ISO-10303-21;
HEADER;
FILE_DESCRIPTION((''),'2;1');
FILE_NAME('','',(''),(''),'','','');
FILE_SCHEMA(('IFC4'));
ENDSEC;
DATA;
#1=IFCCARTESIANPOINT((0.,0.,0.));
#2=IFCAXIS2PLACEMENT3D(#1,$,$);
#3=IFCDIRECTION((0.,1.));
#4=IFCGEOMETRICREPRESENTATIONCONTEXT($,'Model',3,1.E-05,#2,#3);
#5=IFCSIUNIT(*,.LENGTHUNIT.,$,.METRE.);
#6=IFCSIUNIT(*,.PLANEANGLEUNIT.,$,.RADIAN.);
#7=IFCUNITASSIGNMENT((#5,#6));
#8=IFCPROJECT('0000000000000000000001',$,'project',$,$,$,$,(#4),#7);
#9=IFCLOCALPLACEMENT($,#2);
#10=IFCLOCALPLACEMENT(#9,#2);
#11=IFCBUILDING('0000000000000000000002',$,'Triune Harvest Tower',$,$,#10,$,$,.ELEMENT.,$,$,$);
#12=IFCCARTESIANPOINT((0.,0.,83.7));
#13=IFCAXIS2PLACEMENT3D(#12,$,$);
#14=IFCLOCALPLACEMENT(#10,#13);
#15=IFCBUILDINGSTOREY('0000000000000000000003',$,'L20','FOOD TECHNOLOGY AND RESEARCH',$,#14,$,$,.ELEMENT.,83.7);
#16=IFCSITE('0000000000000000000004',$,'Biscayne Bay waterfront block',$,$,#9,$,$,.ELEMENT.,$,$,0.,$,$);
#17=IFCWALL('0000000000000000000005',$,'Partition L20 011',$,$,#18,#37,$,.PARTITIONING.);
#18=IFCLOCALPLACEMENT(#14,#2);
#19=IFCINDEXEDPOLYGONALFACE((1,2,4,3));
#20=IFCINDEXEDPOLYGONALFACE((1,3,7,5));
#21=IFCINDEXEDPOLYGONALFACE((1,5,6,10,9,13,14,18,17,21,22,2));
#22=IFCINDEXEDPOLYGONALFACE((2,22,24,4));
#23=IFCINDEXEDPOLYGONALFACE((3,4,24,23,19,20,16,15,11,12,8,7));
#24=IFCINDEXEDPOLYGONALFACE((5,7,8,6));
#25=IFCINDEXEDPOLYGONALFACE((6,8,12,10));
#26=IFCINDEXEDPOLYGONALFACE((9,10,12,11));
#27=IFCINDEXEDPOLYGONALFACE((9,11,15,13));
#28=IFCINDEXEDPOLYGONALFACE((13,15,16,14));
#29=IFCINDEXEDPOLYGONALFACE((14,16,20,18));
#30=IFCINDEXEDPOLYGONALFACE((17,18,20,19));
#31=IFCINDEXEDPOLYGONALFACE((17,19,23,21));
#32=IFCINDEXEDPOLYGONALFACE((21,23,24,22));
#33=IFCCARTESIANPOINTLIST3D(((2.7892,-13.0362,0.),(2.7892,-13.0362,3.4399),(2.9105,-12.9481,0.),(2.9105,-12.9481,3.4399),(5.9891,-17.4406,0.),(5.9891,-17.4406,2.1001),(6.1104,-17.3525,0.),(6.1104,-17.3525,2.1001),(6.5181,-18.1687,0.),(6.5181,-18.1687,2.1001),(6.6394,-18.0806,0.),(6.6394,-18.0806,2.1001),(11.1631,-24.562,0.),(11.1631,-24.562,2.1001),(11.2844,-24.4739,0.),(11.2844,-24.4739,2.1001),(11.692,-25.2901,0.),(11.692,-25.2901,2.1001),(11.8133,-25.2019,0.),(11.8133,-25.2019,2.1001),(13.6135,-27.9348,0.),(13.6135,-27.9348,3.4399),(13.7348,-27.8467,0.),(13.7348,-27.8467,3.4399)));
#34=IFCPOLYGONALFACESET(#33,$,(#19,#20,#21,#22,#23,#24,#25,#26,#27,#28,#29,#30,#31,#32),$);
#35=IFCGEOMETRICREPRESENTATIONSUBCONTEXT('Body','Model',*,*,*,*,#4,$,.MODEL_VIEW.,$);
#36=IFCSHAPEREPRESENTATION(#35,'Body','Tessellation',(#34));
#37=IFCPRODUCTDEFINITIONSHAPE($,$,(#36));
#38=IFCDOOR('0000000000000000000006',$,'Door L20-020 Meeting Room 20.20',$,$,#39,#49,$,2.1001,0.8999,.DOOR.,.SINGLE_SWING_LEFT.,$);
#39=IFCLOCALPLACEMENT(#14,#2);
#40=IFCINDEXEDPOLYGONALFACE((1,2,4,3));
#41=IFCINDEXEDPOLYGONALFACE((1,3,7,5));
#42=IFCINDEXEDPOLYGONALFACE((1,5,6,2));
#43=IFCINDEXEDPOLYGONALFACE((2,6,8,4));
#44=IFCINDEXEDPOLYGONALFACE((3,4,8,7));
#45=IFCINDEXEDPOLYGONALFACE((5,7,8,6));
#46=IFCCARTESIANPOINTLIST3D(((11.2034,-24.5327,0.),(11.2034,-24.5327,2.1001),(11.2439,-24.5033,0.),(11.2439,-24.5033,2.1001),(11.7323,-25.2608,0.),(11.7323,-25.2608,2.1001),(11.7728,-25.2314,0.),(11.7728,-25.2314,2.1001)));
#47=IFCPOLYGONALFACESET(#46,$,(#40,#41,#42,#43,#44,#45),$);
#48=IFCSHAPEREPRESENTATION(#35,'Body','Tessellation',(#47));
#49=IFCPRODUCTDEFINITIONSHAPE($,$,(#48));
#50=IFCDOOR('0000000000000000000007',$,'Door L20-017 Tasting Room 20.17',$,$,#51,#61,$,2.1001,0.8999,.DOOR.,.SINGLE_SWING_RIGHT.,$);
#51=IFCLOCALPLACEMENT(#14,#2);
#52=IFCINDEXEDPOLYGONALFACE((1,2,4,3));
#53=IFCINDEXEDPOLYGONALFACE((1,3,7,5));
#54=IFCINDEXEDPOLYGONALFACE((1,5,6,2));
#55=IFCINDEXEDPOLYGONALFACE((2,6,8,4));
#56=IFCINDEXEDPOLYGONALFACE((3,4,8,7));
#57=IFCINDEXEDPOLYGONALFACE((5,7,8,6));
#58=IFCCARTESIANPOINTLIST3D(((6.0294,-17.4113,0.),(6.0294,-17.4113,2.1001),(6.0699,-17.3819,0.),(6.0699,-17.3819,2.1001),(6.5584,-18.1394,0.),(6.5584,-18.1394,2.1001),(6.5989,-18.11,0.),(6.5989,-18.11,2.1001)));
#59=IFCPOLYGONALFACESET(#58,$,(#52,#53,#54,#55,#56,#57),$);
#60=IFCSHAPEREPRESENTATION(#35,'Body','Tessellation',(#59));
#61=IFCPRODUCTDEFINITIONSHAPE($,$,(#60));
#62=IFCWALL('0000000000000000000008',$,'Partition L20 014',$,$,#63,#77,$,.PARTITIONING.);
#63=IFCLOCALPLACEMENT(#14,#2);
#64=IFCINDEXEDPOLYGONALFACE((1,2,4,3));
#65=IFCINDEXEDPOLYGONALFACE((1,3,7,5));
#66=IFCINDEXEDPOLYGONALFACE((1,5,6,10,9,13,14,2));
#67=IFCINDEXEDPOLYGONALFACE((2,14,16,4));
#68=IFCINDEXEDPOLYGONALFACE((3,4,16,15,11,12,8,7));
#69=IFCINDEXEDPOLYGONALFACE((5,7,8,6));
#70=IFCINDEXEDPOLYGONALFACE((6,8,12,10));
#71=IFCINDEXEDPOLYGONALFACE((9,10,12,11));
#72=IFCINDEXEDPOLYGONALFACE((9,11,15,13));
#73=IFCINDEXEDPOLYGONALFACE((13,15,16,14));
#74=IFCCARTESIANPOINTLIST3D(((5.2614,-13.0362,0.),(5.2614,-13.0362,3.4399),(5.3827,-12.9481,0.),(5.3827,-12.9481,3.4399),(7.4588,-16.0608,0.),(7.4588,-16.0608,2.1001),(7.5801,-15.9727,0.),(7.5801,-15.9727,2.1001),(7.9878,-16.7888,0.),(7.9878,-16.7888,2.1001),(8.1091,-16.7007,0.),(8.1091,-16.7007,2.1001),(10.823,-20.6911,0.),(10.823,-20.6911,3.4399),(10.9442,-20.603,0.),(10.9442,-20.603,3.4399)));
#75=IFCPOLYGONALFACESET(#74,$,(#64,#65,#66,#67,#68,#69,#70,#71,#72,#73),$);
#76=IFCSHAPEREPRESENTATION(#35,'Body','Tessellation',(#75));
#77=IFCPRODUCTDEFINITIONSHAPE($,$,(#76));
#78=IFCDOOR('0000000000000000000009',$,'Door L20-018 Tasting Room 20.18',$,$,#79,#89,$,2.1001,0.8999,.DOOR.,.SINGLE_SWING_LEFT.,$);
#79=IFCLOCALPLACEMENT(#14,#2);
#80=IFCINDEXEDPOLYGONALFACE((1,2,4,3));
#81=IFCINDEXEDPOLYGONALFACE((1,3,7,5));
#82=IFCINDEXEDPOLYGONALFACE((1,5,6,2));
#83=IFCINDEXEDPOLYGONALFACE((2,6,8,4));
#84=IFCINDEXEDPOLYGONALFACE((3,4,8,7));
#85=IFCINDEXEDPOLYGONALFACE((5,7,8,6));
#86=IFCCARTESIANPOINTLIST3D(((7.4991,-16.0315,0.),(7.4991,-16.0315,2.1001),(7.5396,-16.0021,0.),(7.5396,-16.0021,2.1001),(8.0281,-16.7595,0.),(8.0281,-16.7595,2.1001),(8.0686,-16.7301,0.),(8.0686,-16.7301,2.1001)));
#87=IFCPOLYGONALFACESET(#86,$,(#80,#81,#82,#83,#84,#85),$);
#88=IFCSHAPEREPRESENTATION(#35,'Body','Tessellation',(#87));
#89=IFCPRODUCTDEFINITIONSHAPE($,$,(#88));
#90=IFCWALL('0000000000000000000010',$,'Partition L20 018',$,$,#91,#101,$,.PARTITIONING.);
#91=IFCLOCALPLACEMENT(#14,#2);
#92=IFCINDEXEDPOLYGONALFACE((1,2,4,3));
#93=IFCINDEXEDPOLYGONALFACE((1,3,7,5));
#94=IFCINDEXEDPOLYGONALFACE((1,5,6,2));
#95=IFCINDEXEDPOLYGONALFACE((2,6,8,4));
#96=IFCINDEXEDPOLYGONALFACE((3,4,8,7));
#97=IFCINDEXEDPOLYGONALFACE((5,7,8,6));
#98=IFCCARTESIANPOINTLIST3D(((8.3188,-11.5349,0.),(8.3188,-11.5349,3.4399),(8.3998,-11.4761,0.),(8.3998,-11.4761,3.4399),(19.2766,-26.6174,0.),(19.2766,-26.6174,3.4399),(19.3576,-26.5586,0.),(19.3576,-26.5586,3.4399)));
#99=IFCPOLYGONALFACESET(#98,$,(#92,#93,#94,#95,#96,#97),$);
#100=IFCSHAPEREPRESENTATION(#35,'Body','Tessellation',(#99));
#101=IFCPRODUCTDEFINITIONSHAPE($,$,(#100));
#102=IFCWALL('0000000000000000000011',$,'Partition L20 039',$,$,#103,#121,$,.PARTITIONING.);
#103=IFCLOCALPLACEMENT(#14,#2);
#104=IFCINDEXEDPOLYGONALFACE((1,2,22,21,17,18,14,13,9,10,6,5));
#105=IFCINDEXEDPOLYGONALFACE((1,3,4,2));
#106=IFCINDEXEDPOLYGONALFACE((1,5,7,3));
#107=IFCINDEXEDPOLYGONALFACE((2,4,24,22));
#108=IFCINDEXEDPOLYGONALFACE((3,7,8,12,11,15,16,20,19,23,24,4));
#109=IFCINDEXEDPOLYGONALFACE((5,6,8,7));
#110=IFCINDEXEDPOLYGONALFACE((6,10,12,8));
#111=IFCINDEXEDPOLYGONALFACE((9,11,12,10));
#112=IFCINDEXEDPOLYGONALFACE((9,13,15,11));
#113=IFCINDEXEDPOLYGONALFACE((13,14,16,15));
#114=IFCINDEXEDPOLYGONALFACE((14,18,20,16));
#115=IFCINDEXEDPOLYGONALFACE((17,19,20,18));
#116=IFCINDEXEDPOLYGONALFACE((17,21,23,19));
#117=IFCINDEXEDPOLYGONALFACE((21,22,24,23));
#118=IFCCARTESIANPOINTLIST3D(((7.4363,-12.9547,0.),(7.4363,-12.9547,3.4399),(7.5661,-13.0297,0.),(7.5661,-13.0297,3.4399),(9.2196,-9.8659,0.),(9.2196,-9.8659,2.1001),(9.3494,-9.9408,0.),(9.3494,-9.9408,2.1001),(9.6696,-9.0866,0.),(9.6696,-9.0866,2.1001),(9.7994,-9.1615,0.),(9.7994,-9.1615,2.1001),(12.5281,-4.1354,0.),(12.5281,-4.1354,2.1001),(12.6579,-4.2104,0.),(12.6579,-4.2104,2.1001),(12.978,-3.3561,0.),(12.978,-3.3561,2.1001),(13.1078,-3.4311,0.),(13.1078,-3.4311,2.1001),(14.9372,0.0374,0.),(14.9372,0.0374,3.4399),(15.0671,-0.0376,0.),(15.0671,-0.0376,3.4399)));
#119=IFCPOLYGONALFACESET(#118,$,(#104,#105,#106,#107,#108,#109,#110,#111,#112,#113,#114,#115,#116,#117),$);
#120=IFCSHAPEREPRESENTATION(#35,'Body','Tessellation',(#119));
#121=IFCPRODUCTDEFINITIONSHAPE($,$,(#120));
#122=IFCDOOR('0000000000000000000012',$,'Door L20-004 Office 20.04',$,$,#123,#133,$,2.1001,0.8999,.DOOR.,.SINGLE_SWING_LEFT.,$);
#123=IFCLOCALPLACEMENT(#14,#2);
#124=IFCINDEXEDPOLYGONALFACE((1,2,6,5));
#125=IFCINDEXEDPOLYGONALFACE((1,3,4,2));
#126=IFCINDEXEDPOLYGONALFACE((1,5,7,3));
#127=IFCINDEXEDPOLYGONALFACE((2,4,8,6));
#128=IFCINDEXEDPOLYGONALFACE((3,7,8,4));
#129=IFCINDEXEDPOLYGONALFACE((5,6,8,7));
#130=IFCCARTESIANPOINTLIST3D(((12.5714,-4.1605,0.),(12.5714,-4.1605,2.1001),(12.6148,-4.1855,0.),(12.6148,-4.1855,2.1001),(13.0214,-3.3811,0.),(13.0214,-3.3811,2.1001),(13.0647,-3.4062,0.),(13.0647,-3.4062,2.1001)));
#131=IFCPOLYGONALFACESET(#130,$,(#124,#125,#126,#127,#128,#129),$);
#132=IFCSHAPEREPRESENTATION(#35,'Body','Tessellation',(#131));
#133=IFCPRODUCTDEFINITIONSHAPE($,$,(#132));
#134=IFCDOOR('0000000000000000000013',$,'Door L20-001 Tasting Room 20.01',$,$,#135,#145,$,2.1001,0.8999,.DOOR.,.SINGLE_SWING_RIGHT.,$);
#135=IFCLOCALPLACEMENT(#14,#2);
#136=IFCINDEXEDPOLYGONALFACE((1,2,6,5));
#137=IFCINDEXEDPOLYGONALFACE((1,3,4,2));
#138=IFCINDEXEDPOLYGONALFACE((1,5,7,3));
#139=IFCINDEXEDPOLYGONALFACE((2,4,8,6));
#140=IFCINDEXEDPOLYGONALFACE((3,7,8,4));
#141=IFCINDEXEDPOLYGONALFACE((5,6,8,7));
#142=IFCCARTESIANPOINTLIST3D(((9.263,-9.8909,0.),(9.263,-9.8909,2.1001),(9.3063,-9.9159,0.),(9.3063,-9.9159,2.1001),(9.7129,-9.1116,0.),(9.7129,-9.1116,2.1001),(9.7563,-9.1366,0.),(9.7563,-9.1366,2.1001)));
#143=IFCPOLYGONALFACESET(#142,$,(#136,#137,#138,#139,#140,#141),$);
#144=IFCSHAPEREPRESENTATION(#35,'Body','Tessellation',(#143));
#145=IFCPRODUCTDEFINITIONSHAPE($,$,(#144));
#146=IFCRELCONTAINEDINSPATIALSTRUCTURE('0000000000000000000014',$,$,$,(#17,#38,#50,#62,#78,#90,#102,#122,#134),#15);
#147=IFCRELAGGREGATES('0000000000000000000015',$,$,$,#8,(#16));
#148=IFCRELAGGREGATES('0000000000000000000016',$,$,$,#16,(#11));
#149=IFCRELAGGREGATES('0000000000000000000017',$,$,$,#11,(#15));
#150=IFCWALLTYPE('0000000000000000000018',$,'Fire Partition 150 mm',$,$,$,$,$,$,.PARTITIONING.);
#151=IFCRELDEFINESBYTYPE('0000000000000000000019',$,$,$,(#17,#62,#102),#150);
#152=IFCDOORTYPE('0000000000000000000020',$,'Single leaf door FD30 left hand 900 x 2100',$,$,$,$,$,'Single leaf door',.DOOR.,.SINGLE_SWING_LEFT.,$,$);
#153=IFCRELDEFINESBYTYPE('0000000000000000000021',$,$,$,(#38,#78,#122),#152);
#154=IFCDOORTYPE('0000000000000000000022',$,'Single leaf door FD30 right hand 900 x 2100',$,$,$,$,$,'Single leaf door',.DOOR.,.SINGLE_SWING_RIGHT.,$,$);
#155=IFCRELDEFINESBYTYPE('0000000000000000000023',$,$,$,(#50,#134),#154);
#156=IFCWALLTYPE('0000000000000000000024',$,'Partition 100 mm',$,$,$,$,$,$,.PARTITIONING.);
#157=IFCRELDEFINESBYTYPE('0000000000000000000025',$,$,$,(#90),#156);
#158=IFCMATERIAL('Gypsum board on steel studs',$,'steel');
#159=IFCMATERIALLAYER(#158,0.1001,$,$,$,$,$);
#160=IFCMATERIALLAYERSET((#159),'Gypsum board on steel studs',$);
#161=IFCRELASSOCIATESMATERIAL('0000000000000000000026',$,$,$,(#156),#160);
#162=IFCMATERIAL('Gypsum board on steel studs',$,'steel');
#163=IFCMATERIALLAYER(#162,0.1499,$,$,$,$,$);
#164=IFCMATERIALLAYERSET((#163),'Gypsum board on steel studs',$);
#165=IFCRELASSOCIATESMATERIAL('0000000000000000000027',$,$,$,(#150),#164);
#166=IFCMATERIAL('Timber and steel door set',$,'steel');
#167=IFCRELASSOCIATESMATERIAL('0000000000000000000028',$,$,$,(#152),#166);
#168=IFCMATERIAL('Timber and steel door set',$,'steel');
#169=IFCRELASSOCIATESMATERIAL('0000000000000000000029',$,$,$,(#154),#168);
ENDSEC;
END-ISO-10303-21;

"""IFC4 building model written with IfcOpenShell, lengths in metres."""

from ifc_helpers import new_model, si_unit, direction, frame, frame_2d, origin, place, context, subcontext, project, spatial, rectangle, extrude, source, transform, mapped, material, layer, layer_set, type_object, element, fill, save


model = new_model("IFC4")

# Units and contexts
model_context = context("Model", 3, precision=1e-05, world=origin(), true_north=direction((0.0, 1.0)))
body_context = subcontext(model_context, "Body", "Model", "MODEL_VIEW")
ifc_project = project(units=[si_unit("LENGTHUNIT", "METRE"), si_unit("PLANEANGLEUNIT", "RADIAN")], contexts=[model_context])

# Site, building, storey
site_placement = place(None, origin())
site = spatial("IfcSite", under=ifc_project, at=site_placement, Name="Biscayne Bay waterfront block", CompositionType="ELEMENT", RefElevation=0.0)
building_placement = place(site_placement, origin())
building = spatial("IfcBuilding", under=site, at=building_placement, Name="Triune Harvest Tower", CompositionType="ELEMENT")
storey_placement = place(building_placement, frame((0.0, 0.0, 83.7)))
storey = spatial("IfcBuildingStorey", under=building, at=storey_placement, Name="L20", Description="FOOD TECHNOLOGY AND RESEARCH", CompositionType="ELEMENT", Elevation=83.7)

# Shared definitions
ifc_material_1 = material(Name="Gypsum board on steel studs", Category="steel")
ifc_layer_1 = layer(ifc_material_1, 0.1001)
ifc_layer_set_1 = layer_set([ifc_layer_1], Name="Gypsum board on steel studs")
wall_type_1 = type_object("IfcWallType", Name="Partition 100 mm", PredefinedType="PARTITIONING", material=ifc_layer_set_1)

# Shared definitions
ifc_material_2 = material(Name="Gypsum board on steel studs", Category="steel")
ifc_layer_2 = layer(ifc_material_2, 0.1499)
ifc_layer_set_2 = layer_set([ifc_layer_2], Name="Gypsum board on steel studs")
wall_type_2 = type_object("IfcWallType", Name="Fire Partition 150 mm", PredefinedType="PARTITIONING", material=ifc_layer_set_2)

# Wall, openings, doors
shared_shape_1 = source(origin(), body_context, "Body", "SweptSolid", [
    extrude(rectangle(XDim=18.4155, YDim=0.1499, at=frame_2d((9.2078, 0.0))), origin(), (0.0, 0.0, 1.0), 3.4399),
])
wall_1_placement = place(storey_placement, frame((2.8499, -12.9922, 0.0), z_axis=(0.0, 0.0, 1.0), x_axis=(0.587781, -0.80902, 0.0)))
wall_1 = element("IfcWall", 1, at=wall_1_placement, inside=storey, type_object=wall_type_2, Name="Partition L20 011", PredefinedType="PARTITIONING", context=body_context, shape_type="MappedRepresentation", body=[
    mapped(shared_shape_1, transform((0.0, 0.0, 0.0), scale=1.0)),
])
opening_1_placement = place(wall_1_placement, frame((5.4441, 0.0, 0.0)))
opening_1 = element("IfcOpeningElement", 2, at=opening_1_placement, cuts=wall_1, PredefinedType="OPENING", context=body_context, shape_type="SweptSolid", body=[
    extrude(rectangle(XDim=0.8999, YDim=2.1001, at=frame_2d((0.45, 1.05))), frame((0.0, 0.085, 0.0), z_axis=(0.0, -1.0, 0.0), x_axis=(1.0, 0.0, 0.0)), (0.0, 0.0, 1.0), 0.1699),
])
opening_2_placement = place(wall_1_placement, frame((14.2466, 0.0, 0.0)))
opening_2 = element("IfcOpeningElement", 3, at=opening_2_placement, cuts=wall_1, PredefinedType="OPENING", context=body_context, shape_type="SweptSolid", body=[
    extrude(rectangle(XDim=0.8999, YDim=2.1001, at=frame_2d((0.45, 1.05))), frame((0.0, 0.085, 0.0), z_axis=(0.0, -1.0, 0.0), x_axis=(1.0, 0.0, 0.0)), (0.0, 0.0, 1.0), 0.1699),
])
ifc_material_3 = material(Name="Timber and steel door set", Category="steel")
door_type_1 = type_object("IfcDoorType", Name="Single leaf door FD30 left hand 900 x 2100", ElementType="Single leaf door", OperationType="SINGLE_SWING_LEFT", PredefinedType="DOOR", material=ifc_material_3)
door_1_placement = place(opening_2_placement, origin())
door_1 = element("IfcDoor", 4, at=door_1_placement, inside=storey, type_object=door_type_1, Name="Door L20-020 Meeting Room 20.20", OperationType="SINGLE_SWING_LEFT", OverallHeight=2.1001, OverallWidth=0.8999, PredefinedType="DOOR", context=body_context, shape_type="SweptSolid", body=[
    extrude(rectangle(XDim=0.8999, YDim=2.1001, at=frame_2d((0.45, 1.05))), frame((0.0, 0.0249, 0.0), z_axis=(0.0, -1.0, 0.0), x_axis=(1.0, 0.0, 0.0)), (0.0, 0.0, 1.0), 0.05),
])
fill(opening_2, door_1)
ifc_material_4 = material(Name="Timber and steel door set", Category="steel")
door_type_2 = type_object("IfcDoorType", Name="Single leaf door FD30 right hand 900 x 2100", ElementType="Single leaf door", OperationType="SINGLE_SWING_RIGHT", PredefinedType="DOOR", material=ifc_material_4)
door_2_placement = place(opening_1_placement, origin())
door_2 = element("IfcDoor", 5, at=door_2_placement, inside=storey, type_object=door_type_2, Name="Door L20-017 Tasting Room 20.17", OperationType="SINGLE_SWING_RIGHT", OverallHeight=2.1001, OverallWidth=0.8999, PredefinedType="DOOR", context=body_context, shape_type="SweptSolid", body=[
    extrude(rectangle(XDim=0.8999, YDim=2.1001, at=frame_2d((0.45, 1.05))), frame((0.0, 0.0249, 0.0), z_axis=(0.0, -1.0, 0.0), x_axis=(1.0, 0.0, 0.0)), (0.0, 0.0, 1.0), 0.05),
])
fill(opening_1, door_2)

# Wall, opening, door
shared_shape_2 = source(origin(), body_context, "Body", "SweptSolid", [
    extrude(rectangle(XDim=9.4619, YDim=0.1499, at=frame_2d((4.731, 0.0))), origin(), (0.0, 0.0, 1.0), 3.4399),
])
wall_2_placement = place(storey_placement, frame((5.322, -12.9922, 0.0), z_axis=(0.0, 0.0, 1.0), x_axis=(0.587785, -0.809017, 0.0)))
wall_2 = element("IfcWall", 6, at=wall_2_placement, inside=storey, type_object=wall_type_2, Name="Partition L20 014", PredefinedType="PARTITIONING", context=body_context, shape_type="MappedRepresentation", body=[
    mapped(shared_shape_2, transform((0.0, 0.0, 0.0), scale=1.0)),
])
opening_3_placement = place(wall_2_placement, frame((3.7385, 0.0, 0.0)))
opening_3 = element("IfcOpeningElement", 7, at=opening_3_placement, cuts=wall_2, PredefinedType="OPENING", context=body_context, shape_type="SweptSolid", body=[
    extrude(rectangle(XDim=0.8999, YDim=2.1001, at=frame_2d((0.45, 1.05))), frame((0.0, 0.085, 0.0), z_axis=(0.0, -1.0, 0.0), x_axis=(1.0, 0.0, 0.0)), (0.0, 0.0, 1.0), 0.1699),
])
door_3_placement = place(opening_3_placement, origin())
door_3 = element("IfcDoor", 8, at=door_3_placement, inside=storey, type_object=door_type_1, Name="Door L20-018 Tasting Room 20.18", OperationType="SINGLE_SWING_LEFT", OverallHeight=2.1001, OverallWidth=0.8999, PredefinedType="DOOR", context=body_context, shape_type="SweptSolid", body=[
    extrude(rectangle(XDim=0.8999, YDim=2.1001, at=frame_2d((0.45, 1.05))), frame((0.0, 0.0249, 0.0), z_axis=(0.0, -1.0, 0.0), x_axis=(1.0, 0.0, 0.0)), (0.0, 0.0, 1.0), 0.05),
])
fill(opening_3, door_3)

# Wall
shared_shape_3 = source(origin(), body_context, "Body", "SweptSolid", [
    extrude(rectangle(XDim=18.6428, YDim=0.1001, at=frame_2d((9.3213, 0.0))), origin(), (0.0, 0.0, 1.0), 3.4399),
])
wall_3_placement = place(storey_placement, frame((8.3594, -11.5056, 0.0), z_axis=(0.0, 0.0, 1.0), x_axis=(0.587774, -0.809025, 0.0)))
element("IfcWall", 9, at=wall_3_placement, inside=storey, type_object=wall_type_1, Name="Partition L20 018", PredefinedType="PARTITIONING", context=body_context, shape_type="MappedRepresentation", body=[
    mapped(shared_shape_3, transform((0.0, 0.0, 0.0), scale=1.0)),
])

# Wall, openings, doors
shared_shape_4 = source(origin(), body_context, "Body", "SweptSolid", [
    extrude(rectangle(XDim=15.002, YDim=0.1499, at=frame_2d((7.501, 0.0))), origin(), (0.0, 0.0, 1.0), 3.4399),
])
wall_4_placement = place(storey_placement, frame((7.5012, -12.9922, 0.0), z_axis=(0.0, 0.0, 1.0), x_axis=(0.499997, 0.866027, 0.0)))
wall_4 = element("IfcWall", 10, at=wall_4_placement, inside=storey, type_object=wall_type_2, Name="Partition L20 039", PredefinedType="PARTITIONING", context=body_context, shape_type="MappedRepresentation", body=[
    mapped(shared_shape_4, transform((0.0, 0.0, 0.0), scale=1.0)),
])
opening_4_placement = place(wall_4_placement, frame((3.5667, 0.0, 0.0)))
opening_4 = element("IfcOpeningElement", 11, at=opening_4_placement, cuts=wall_4, PredefinedType="OPENING", context=body_context, shape_type="SweptSolid", body=[
    extrude(rectangle(XDim=0.8999, YDim=2.1001, at=frame_2d((0.45, 1.05))), frame((0.0, 0.085, 0.0), z_axis=(0.0, -1.0, 0.0), x_axis=(1.0, 0.0, 0.0)), (0.0, 0.0, 1.0), 0.1699),
])
opening_5_placement = place(wall_4_placement, frame((10.1836, 0.0, 0.0)))
opening_5 = element("IfcOpeningElement", 12, at=opening_5_placement, cuts=wall_4, PredefinedType="OPENING", context=body_context, shape_type="SweptSolid", body=[
    extrude(rectangle(XDim=0.8999, YDim=2.1001, at=frame_2d((0.45, 1.05))), frame((0.0, 0.085, 0.0), z_axis=(0.0, -1.0, 0.0), x_axis=(1.0, 0.0, 0.0)), (0.0, 0.0, 1.0), 0.1699),
])
door_4_placement = place(opening_5_placement, origin())
door_4 = element("IfcDoor", 13, at=door_4_placement, inside=storey, type_object=door_type_1, Name="Door L20-004 Office 20.04", OperationType="SINGLE_SWING_LEFT", OverallHeight=2.1001, OverallWidth=0.8999, PredefinedType="DOOR", context=body_context, shape_type="SweptSolid", body=[
    extrude(rectangle(XDim=0.8999, YDim=2.1001, at=frame_2d((0.45, 1.05))), frame((0.0, 0.0249, 0.0), z_axis=(0.0, -1.0, 0.0), x_axis=(1.0, 0.0, 0.0)), (0.0, 0.0, 1.0), 0.05),
])
fill(opening_5, door_4)
door_5_placement = place(opening_4_placement, origin())
door_5 = element("IfcDoor", 14, at=door_5_placement, inside=storey, type_object=door_type_2, Name="Door L20-001 Tasting Room 20.01", OperationType="SINGLE_SWING_RIGHT", OverallHeight=2.1001, OverallWidth=0.8999, PredefinedType="DOOR", context=body_context, shape_type="SweptSolid", body=[
    extrude(rectangle(XDim=0.8999, YDim=2.1001, at=frame_2d((0.45, 1.05))), frame((0.0, 0.0249, 0.0), z_axis=(0.0, -1.0, 0.0), x_axis=(1.0, 0.0, 0.0)), (0.0, 0.0, 1.0), 0.05),
])
fill(opening_4, door_5)

save(model, "model.ifc")
